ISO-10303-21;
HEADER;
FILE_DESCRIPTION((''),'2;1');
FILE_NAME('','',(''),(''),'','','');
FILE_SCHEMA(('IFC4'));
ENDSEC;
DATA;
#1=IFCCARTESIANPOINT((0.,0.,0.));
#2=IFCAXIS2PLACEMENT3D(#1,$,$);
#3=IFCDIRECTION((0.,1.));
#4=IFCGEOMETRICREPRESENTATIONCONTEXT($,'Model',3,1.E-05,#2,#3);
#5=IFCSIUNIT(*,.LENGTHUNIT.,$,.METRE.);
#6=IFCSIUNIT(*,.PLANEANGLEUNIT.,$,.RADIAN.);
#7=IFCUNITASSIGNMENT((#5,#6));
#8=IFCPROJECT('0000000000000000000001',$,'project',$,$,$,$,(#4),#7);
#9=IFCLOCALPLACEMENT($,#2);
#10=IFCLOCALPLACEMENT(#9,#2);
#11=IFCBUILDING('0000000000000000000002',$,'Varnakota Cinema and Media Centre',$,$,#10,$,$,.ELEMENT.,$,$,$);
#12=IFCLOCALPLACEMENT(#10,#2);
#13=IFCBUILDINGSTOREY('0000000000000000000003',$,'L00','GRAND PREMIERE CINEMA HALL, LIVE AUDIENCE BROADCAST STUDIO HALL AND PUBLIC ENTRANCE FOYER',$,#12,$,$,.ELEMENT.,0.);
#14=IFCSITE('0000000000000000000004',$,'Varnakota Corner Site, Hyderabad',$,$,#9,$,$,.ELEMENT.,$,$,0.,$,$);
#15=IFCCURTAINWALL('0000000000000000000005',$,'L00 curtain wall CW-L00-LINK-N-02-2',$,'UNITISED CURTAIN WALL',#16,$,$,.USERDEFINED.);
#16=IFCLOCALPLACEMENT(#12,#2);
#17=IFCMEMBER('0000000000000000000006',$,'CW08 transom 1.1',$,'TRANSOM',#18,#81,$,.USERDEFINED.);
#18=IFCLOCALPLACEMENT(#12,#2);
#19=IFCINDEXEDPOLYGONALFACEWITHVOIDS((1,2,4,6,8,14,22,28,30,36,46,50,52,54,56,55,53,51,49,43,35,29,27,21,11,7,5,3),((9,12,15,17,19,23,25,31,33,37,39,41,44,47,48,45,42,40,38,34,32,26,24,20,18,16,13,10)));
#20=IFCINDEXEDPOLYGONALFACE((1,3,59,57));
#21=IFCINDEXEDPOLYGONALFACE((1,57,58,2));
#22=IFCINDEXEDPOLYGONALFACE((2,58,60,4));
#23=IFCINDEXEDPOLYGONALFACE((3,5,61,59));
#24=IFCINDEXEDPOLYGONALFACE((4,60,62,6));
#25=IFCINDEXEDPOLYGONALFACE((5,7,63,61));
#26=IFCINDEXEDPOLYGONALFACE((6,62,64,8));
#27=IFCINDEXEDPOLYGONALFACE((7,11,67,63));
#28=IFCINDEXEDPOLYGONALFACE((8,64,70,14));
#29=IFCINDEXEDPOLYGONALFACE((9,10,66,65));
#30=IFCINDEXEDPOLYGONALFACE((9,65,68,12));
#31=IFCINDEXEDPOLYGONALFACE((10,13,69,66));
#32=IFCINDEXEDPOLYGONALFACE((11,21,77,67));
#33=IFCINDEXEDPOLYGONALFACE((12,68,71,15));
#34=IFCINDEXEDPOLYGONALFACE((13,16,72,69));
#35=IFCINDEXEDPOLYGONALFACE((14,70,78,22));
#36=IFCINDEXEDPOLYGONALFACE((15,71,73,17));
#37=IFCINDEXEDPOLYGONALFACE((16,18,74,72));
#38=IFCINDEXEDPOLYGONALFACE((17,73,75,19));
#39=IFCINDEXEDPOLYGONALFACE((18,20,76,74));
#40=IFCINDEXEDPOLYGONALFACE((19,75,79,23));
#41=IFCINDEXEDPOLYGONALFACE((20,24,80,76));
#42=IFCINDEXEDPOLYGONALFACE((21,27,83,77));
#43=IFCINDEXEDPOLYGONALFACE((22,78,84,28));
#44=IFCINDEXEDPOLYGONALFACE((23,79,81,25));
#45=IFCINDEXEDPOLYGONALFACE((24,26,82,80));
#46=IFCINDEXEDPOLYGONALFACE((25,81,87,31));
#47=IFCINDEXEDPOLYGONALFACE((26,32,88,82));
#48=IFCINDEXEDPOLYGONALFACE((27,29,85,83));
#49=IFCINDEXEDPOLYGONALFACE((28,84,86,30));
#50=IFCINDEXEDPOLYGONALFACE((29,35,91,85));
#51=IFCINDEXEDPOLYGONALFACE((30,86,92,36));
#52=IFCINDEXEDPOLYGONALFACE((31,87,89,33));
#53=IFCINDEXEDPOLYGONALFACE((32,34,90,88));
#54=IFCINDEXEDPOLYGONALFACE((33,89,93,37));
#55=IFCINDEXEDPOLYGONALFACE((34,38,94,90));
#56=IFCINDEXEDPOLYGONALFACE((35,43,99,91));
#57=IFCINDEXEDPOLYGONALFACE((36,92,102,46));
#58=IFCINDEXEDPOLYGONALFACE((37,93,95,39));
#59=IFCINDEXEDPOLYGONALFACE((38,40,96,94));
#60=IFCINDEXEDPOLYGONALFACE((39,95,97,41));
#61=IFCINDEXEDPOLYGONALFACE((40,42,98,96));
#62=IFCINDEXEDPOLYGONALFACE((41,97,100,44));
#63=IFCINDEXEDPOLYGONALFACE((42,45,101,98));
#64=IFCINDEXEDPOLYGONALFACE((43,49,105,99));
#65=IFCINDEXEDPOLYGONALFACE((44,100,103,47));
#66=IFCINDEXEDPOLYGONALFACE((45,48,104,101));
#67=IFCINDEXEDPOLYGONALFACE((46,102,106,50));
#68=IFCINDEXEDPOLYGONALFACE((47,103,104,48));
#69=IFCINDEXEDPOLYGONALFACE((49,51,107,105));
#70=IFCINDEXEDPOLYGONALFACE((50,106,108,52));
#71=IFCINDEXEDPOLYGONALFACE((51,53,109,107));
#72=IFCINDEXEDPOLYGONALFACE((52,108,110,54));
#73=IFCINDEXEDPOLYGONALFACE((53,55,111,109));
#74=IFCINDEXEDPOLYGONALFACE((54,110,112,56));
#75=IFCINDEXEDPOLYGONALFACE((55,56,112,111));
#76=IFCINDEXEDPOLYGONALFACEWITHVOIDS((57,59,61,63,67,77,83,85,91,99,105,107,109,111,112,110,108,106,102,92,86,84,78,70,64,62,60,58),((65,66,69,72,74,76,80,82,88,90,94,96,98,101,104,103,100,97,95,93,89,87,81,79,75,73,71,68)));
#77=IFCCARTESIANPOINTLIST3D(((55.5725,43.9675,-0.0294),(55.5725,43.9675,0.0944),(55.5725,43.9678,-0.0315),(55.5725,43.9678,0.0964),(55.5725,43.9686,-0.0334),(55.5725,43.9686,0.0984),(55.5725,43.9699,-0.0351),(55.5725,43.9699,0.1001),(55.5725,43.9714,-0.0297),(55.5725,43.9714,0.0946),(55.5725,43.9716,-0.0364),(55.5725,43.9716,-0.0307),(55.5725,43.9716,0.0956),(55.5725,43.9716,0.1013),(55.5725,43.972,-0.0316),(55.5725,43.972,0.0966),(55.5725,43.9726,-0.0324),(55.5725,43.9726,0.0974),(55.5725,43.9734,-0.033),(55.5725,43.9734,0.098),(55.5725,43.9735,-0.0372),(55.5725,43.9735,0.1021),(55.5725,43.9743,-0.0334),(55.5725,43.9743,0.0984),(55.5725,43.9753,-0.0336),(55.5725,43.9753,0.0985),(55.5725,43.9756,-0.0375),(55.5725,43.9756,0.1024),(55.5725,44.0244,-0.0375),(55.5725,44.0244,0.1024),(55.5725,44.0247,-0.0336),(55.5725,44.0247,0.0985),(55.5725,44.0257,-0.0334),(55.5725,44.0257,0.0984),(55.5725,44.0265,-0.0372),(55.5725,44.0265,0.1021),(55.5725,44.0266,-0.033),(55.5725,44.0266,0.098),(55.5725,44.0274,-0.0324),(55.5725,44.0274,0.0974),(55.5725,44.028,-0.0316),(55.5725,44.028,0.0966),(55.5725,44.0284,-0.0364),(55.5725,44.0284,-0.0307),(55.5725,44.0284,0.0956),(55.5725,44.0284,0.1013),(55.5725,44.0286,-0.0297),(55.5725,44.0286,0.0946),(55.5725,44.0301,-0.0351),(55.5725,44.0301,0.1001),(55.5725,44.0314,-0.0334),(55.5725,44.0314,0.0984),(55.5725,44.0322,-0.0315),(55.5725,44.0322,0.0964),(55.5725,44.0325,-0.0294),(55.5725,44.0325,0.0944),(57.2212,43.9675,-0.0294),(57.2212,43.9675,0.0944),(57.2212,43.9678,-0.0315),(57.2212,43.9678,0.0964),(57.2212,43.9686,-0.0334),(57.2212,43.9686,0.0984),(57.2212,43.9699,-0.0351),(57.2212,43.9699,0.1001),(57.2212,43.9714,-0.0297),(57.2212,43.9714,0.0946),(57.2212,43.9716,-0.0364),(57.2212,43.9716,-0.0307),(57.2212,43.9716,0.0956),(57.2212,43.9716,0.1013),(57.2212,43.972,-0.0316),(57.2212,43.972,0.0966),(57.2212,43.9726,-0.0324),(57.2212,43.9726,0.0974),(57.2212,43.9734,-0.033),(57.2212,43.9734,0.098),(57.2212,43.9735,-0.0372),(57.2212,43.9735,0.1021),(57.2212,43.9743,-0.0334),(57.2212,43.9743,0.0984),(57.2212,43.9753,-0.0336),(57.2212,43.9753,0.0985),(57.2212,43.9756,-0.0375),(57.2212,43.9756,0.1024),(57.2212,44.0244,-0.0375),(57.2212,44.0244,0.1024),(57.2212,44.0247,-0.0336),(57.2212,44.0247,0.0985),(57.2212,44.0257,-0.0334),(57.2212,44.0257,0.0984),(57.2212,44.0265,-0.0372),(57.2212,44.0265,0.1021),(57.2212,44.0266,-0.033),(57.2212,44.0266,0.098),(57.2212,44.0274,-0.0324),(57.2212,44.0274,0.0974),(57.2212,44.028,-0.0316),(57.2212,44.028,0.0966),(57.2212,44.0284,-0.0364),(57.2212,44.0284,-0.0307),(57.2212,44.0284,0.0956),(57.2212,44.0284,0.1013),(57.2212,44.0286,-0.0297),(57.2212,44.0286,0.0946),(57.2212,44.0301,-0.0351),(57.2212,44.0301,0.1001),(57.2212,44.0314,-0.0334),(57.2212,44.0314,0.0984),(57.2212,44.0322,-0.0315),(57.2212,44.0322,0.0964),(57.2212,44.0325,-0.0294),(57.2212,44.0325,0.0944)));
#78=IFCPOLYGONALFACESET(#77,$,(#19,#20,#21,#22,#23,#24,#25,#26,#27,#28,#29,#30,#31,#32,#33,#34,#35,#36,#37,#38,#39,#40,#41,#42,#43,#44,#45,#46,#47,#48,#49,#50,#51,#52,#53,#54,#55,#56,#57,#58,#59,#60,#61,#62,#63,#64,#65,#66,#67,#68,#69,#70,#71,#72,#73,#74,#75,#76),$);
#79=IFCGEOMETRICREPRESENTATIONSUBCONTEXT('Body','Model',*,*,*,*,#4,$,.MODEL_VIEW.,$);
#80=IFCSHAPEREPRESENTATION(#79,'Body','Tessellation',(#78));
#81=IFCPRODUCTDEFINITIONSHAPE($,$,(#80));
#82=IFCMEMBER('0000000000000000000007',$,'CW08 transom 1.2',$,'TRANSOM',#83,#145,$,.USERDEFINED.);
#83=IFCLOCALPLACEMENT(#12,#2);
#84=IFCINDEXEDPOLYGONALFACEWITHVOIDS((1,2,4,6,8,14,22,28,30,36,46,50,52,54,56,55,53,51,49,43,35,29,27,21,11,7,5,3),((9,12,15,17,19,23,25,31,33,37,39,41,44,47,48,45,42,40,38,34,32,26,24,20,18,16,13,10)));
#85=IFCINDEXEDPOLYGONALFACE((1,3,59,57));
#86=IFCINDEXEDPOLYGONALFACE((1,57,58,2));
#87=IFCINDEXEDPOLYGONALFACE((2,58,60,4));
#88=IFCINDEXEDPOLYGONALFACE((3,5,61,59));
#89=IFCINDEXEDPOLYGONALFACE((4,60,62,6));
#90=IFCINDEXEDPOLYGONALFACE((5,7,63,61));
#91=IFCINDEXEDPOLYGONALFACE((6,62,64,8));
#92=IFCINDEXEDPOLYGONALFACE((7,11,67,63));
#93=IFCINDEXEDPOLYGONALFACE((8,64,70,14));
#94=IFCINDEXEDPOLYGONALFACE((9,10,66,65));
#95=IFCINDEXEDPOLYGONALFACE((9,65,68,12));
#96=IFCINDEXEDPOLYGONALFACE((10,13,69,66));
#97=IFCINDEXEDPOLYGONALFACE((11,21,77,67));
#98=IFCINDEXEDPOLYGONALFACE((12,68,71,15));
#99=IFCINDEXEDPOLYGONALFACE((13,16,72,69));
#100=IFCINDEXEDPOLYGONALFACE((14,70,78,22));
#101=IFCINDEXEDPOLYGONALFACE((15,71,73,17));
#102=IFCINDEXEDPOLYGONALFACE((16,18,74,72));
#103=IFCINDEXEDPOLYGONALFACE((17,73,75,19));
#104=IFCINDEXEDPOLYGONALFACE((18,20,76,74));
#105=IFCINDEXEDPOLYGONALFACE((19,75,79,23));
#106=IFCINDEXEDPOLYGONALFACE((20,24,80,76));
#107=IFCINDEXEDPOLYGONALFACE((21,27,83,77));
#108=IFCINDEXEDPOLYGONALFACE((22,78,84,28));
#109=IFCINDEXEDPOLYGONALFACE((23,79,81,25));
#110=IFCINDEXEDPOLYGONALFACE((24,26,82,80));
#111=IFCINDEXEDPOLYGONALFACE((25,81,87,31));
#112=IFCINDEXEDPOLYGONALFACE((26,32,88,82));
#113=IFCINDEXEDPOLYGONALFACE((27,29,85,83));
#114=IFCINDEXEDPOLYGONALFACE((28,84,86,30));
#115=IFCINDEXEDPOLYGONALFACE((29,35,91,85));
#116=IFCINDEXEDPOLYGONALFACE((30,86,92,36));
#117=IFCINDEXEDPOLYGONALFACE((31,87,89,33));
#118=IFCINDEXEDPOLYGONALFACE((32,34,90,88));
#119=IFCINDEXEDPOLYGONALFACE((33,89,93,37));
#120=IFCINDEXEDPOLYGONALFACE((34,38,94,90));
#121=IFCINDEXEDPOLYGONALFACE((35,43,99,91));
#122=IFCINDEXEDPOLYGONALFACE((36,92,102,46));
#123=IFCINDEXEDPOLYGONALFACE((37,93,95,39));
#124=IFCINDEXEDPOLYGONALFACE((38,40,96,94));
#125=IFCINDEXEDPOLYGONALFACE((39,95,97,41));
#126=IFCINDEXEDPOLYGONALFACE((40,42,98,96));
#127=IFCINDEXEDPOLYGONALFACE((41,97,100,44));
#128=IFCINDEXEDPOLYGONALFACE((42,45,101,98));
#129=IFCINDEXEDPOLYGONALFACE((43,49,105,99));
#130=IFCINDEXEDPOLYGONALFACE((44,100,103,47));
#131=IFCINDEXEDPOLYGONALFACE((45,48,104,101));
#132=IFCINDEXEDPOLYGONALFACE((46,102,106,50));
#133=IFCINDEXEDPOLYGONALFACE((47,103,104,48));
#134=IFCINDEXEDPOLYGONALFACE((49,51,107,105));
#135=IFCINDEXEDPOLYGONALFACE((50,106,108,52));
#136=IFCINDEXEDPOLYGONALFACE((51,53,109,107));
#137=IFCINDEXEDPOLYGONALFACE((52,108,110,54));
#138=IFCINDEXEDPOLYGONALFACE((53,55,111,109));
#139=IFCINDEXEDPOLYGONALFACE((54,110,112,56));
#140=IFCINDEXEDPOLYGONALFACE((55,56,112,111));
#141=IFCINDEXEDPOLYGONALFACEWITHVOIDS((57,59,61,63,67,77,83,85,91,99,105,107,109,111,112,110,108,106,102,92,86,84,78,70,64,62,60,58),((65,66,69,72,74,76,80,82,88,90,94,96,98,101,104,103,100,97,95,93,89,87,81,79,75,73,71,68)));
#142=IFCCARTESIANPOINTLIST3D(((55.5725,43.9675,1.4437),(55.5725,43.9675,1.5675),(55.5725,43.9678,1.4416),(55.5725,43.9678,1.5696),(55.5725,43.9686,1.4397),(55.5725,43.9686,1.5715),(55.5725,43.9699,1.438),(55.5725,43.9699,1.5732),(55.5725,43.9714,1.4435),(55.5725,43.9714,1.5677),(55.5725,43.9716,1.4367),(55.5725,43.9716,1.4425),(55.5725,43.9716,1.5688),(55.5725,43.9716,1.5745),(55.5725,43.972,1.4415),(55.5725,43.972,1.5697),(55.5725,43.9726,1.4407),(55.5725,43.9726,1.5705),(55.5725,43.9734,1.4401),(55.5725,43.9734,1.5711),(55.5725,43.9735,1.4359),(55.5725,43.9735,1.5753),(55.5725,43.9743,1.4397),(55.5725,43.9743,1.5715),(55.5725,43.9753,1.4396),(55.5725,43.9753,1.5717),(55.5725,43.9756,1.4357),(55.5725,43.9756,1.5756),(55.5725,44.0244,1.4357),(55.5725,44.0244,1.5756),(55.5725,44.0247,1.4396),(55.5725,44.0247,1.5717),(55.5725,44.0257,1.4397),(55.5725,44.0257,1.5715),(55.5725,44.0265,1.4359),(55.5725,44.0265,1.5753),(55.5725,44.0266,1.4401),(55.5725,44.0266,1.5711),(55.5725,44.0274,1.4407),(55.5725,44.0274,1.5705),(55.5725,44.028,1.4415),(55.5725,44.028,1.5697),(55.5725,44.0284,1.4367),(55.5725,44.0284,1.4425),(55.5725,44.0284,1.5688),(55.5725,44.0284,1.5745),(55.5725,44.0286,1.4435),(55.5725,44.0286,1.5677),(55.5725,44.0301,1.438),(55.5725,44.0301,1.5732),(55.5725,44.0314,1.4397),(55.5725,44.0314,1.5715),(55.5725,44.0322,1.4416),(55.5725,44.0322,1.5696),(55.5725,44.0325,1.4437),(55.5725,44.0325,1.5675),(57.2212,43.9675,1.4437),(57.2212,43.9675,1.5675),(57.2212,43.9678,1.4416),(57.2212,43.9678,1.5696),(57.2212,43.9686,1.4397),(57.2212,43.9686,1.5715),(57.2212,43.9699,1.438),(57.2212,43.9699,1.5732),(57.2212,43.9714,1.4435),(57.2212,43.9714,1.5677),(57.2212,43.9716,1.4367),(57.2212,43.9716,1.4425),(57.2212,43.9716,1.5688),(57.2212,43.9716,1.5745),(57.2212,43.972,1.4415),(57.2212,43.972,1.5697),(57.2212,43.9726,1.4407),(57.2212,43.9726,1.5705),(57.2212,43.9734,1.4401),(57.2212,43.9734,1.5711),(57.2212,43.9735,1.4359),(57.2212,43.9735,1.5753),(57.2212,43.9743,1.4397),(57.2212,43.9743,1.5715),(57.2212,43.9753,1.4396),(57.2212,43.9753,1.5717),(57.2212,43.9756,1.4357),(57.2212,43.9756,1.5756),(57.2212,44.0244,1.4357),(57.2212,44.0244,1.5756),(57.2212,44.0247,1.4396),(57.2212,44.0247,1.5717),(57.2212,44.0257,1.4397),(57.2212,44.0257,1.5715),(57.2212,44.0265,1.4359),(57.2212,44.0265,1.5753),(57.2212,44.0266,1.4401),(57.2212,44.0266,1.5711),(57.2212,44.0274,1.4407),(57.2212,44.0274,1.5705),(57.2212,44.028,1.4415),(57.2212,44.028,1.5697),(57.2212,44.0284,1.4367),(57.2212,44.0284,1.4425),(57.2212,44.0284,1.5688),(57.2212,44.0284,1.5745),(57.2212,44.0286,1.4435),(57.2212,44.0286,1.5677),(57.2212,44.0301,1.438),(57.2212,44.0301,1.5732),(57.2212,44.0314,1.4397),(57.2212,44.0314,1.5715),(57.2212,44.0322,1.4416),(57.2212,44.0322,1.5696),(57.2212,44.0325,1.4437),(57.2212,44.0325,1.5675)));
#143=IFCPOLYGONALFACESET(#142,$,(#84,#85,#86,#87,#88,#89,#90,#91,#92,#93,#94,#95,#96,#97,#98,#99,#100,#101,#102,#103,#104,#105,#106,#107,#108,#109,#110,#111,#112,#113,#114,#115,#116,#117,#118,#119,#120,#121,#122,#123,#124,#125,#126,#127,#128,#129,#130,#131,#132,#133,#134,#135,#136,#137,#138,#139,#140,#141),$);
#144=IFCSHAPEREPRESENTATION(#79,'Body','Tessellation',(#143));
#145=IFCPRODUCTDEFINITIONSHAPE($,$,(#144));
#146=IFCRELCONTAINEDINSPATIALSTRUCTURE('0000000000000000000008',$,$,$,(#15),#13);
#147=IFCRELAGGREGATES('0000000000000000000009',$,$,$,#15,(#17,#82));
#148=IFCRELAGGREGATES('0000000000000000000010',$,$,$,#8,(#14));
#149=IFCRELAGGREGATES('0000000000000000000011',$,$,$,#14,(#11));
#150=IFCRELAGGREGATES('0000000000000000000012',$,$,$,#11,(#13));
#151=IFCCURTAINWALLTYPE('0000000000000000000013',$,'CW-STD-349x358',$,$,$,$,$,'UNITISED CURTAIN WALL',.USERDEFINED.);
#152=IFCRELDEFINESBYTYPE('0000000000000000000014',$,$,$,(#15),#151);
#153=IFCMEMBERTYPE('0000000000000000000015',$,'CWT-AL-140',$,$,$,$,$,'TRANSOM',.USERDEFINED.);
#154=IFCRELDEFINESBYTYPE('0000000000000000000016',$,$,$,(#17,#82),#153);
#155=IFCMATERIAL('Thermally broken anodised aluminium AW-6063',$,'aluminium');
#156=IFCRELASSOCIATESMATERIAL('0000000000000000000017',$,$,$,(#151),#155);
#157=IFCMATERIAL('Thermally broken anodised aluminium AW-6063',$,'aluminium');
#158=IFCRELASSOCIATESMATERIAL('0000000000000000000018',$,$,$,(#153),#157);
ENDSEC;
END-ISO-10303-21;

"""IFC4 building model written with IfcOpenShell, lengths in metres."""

from ifc_helpers import new_model, si_unit, direction, frame, origin, origin_2d, place, context, subcontext, project, spatial, hollow_rectangle, extrude, material, material_profile, profile_set, type_object, element, aggregate, save


model = new_model("IFC4")

# Units and contexts
model_context = context("Model", 3, precision=1e-05, world=origin(), true_north=direction((0.0, 1.0)))
body_context = subcontext(model_context, "Body", "Model", "MODEL_VIEW")
ifc_project = project(units=[si_unit("LENGTHUNIT", "METRE"), si_unit("PLANEANGLEUNIT", "RADIAN")], contexts=[model_context])

# Site, building, storey
site_placement = place(None, origin())
site = spatial("IfcSite", under=ifc_project, at=site_placement, Name="Varnakota Corner Site, Hyderabad", CompositionType="ELEMENT", RefElevation=0.0)
building_placement = place(site_placement, origin())
building = spatial("IfcBuilding", under=site, at=building_placement, Name="Varnakota Cinema and Media Centre", CompositionType="ELEMENT")
storey_placement = place(building_placement, origin())
storey = spatial("IfcBuildingStorey", under=building, at=storey_placement, Name="L00", Description="GRAND PREMIERE CINEMA HALL, LIVE AUDIENCE BROADCAST STUDIO HALL AND PUBLIC ENTRANCE FOYER", CompositionType="ELEMENT", Elevation=0.0)

# Shared definitions
ifc_material_1 = material(Name="Thermally broken anodised aluminium AW-6063", Category="aluminium")
curtain_wall_type_1 = type_object("IfcCurtainWallType", Name="CW-STD-349x358", ElementType="UNITISED CURTAIN WALL", PredefinedType="USERDEFINED", material=ifc_material_1)

# Curtain wall
curtain_wall_1_placement = place(storey_placement, origin())
curtain_wall_1 = element("IfcCurtainWall", 1, at=curtain_wall_1_placement, inside=storey, type_object=curtain_wall_type_1, Name="L00 curtain wall CW-L00-LINK-N-02-2", ObjectType="UNITISED CURTAIN WALL", PredefinedType="USERDEFINED")

# Members
ifc_material_2 = material(Name="Thermally broken anodised aluminium AW-6063", Category="aluminium")
ifc_material_profile_1 = material_profile(ifc_material_2, hollow_rectangle(XDim=0.0649, YDim=0.1399, WallThickness=0.0039, InnerFilletRadius=0.0039, OuterFilletRadius=0.0081, at=origin_2d()), Name="AL-TRANSOM 140x65x4")
ifc_profile_set_1 = profile_set([ifc_material_profile_1], Name="Thermally broken anodised aluminium AW-6063")
member_type_1 = type_object("IfcMemberType", Name="CWT-AL-140", ElementType="TRANSOM", PredefinedType="USERDEFINED", material=ifc_profile_set_1)
member_1_placement = place(storey_placement, frame((55.5725, 44.0, 0.0325), z_axis=(1.0, 0.0, 0.0), x_axis=(0.0, 1.0, 0.0)))
member_1 = element("IfcMember", 2, at=member_1_placement, type_object=member_type_1, Name="CW08 transom 1.1", ObjectType="TRANSOM", PredefinedType="USERDEFINED", context=body_context, shape_type="SweptSolid", body=[
    extrude(hollow_rectangle(XDim=0.0649, YDim=0.1399, WallThickness=0.0039, InnerFilletRadius=0.0039, OuterFilletRadius=0.0081, at=origin_2d()), origin(), (0.0, 0.0, 1.0), 1.6487),
])
member_2_placement = place(storey_placement, frame((55.5725, 44.0, 1.5056), z_axis=(1.0, 0.0, 0.0), x_axis=(0.0, 1.0, 0.0)))
member_2 = element("IfcMember", 3, at=member_2_placement, type_object=member_type_1, Name="CW08 transom 1.2", ObjectType="TRANSOM", PredefinedType="USERDEFINED", context=body_context, shape_type="SweptSolid", body=[
    extrude(hollow_rectangle(XDim=0.0649, YDim=0.1399, WallThickness=0.0039, InnerFilletRadius=0.0039, OuterFilletRadius=0.0081, at=origin_2d()), origin(), (0.0, 0.0, 1.0), 1.6487),
])

aggregate(curtain_wall_1, [member_1, member_2])

save(model, "model.ifc")
